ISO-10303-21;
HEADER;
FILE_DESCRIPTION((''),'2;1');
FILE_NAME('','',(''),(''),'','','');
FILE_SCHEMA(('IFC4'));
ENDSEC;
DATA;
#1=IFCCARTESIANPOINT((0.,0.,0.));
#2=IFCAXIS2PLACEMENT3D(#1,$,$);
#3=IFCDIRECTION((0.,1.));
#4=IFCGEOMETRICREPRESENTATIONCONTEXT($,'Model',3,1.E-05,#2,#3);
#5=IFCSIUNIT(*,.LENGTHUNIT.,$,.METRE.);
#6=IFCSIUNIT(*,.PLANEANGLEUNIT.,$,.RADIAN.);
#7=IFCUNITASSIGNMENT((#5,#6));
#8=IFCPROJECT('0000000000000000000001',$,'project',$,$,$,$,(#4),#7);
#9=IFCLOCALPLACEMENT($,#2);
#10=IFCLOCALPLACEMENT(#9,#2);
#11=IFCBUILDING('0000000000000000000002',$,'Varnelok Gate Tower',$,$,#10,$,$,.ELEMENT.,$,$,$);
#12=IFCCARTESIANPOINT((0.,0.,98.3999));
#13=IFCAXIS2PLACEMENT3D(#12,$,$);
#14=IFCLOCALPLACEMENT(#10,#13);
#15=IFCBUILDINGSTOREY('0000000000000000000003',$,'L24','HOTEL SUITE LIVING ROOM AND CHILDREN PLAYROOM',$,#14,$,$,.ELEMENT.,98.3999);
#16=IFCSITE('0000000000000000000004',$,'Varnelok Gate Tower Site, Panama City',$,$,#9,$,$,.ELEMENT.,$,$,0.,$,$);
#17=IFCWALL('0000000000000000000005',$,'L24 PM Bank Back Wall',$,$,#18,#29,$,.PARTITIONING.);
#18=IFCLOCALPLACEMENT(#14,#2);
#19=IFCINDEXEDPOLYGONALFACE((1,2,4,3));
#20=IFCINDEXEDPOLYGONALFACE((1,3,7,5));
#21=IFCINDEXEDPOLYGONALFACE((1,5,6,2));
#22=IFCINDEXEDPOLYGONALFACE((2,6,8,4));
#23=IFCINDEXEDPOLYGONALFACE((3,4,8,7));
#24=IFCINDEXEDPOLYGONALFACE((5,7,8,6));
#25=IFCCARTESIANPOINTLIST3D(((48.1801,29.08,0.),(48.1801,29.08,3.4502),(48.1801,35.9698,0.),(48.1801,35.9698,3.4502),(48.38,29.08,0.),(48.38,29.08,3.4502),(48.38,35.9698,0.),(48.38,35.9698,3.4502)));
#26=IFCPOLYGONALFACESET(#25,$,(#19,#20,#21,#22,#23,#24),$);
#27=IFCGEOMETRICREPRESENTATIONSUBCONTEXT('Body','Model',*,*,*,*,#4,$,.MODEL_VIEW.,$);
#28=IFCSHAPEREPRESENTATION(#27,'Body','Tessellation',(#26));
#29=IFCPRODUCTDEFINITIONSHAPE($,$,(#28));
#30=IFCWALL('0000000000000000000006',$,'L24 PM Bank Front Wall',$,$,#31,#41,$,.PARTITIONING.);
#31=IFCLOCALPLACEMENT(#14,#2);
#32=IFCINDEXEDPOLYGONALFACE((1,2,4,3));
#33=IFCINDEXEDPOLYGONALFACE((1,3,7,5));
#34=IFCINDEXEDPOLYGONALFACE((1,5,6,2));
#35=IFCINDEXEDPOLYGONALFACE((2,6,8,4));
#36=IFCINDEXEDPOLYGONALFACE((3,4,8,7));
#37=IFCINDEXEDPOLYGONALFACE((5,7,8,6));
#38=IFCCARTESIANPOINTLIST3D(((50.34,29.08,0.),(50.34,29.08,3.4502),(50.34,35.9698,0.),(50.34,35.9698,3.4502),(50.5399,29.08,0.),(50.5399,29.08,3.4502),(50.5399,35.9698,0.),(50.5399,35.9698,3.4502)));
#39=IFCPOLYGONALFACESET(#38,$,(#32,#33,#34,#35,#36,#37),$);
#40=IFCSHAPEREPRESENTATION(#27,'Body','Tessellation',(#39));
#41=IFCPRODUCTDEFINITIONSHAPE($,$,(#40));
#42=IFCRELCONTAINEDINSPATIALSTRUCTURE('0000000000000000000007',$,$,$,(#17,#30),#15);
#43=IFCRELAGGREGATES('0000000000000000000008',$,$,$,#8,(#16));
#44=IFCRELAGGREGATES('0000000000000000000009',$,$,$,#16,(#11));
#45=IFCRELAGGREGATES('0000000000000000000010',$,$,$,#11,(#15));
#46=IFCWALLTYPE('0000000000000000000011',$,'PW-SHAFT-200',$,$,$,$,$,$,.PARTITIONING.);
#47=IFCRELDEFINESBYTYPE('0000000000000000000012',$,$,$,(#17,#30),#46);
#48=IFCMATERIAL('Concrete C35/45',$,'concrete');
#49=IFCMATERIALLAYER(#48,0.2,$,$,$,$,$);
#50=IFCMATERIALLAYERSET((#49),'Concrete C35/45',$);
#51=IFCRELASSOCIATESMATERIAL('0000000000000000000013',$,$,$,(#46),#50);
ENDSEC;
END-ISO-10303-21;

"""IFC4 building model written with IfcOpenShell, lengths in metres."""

from ifc_helpers import new_model, si_unit, direction, frame, frame_2d, origin, place, context, subcontext, project, spatial, rectangle, extrude, material, layer, layer_set, type_object, element, save


model = new_model("IFC4")

# Units and contexts
model_context = context("Model", 3, precision=1e-05, world=origin(), true_north=direction((0.0, 1.0)))
body_context = subcontext(model_context, "Body", "Model", "MODEL_VIEW")
ifc_project = project(units=[si_unit("LENGTHUNIT", "METRE"), si_unit("PLANEANGLEUNIT", "RADIAN")], contexts=[model_context])

# Site, building, storey
site_placement = place(None, origin())
site = spatial("IfcSite", under=ifc_project, at=site_placement, Name="Varnelok Gate Tower Site, Panama City", CompositionType="ELEMENT", RefElevation=0.0)
building_placement = place(site_placement, origin())
building = spatial("IfcBuilding", under=site, at=building_placement, Name="Varnelok Gate Tower", CompositionType="ELEMENT")
storey_placement = place(building_placement, frame((0.0, 0.0, 98.3999)))
storey = spatial("IfcBuildingStorey", under=building, at=storey_placement, Name="L24", Description="HOTEL SUITE LIVING ROOM AND CHILDREN PLAYROOM", CompositionType="ELEMENT", Elevation=98.3999)

# Walls
ifc_material_1 = material(Name="Concrete C35/45", Category="concrete")
ifc_layer_1 = layer(ifc_material_1, 0.2)
ifc_layer_set_1 = layer_set([ifc_layer_1], Name="Concrete C35/45")
wall_type_1 = type_object("IfcWallType", Name="PW-SHAFT-200", PredefinedType="PARTITIONING", material=ifc_layer_set_1)
for number, where, z_axis, x_axis, name in (
    (1, (48.28, 29.0801, 0.0), (0.0, 0.0, 1.0), (0.0, 1.0, 0.0), "L24 PM Bank Back Wall"),
    (2, (50.4399, 29.0801, 0.0), (0.0, 0.0, 1.0), (0.0, 1.0, 0.0), "L24 PM Bank Front Wall"),
):
    element("IfcWall", number, at=place(storey_placement, frame(where, z_axis=z_axis, x_axis=x_axis)), inside=storey, type_object=wall_type_1, Name=name, PredefinedType="PARTITIONING", context=body_context, shape_type="SweptSolid", body=[
        extrude(rectangle(XDim=6.8899, YDim=0.2, at=frame_2d((3.4448, 0.0))), origin(), (0.0, 0.0, 1.0), 3.4502),
    ])

save(model, "model.ifc")
